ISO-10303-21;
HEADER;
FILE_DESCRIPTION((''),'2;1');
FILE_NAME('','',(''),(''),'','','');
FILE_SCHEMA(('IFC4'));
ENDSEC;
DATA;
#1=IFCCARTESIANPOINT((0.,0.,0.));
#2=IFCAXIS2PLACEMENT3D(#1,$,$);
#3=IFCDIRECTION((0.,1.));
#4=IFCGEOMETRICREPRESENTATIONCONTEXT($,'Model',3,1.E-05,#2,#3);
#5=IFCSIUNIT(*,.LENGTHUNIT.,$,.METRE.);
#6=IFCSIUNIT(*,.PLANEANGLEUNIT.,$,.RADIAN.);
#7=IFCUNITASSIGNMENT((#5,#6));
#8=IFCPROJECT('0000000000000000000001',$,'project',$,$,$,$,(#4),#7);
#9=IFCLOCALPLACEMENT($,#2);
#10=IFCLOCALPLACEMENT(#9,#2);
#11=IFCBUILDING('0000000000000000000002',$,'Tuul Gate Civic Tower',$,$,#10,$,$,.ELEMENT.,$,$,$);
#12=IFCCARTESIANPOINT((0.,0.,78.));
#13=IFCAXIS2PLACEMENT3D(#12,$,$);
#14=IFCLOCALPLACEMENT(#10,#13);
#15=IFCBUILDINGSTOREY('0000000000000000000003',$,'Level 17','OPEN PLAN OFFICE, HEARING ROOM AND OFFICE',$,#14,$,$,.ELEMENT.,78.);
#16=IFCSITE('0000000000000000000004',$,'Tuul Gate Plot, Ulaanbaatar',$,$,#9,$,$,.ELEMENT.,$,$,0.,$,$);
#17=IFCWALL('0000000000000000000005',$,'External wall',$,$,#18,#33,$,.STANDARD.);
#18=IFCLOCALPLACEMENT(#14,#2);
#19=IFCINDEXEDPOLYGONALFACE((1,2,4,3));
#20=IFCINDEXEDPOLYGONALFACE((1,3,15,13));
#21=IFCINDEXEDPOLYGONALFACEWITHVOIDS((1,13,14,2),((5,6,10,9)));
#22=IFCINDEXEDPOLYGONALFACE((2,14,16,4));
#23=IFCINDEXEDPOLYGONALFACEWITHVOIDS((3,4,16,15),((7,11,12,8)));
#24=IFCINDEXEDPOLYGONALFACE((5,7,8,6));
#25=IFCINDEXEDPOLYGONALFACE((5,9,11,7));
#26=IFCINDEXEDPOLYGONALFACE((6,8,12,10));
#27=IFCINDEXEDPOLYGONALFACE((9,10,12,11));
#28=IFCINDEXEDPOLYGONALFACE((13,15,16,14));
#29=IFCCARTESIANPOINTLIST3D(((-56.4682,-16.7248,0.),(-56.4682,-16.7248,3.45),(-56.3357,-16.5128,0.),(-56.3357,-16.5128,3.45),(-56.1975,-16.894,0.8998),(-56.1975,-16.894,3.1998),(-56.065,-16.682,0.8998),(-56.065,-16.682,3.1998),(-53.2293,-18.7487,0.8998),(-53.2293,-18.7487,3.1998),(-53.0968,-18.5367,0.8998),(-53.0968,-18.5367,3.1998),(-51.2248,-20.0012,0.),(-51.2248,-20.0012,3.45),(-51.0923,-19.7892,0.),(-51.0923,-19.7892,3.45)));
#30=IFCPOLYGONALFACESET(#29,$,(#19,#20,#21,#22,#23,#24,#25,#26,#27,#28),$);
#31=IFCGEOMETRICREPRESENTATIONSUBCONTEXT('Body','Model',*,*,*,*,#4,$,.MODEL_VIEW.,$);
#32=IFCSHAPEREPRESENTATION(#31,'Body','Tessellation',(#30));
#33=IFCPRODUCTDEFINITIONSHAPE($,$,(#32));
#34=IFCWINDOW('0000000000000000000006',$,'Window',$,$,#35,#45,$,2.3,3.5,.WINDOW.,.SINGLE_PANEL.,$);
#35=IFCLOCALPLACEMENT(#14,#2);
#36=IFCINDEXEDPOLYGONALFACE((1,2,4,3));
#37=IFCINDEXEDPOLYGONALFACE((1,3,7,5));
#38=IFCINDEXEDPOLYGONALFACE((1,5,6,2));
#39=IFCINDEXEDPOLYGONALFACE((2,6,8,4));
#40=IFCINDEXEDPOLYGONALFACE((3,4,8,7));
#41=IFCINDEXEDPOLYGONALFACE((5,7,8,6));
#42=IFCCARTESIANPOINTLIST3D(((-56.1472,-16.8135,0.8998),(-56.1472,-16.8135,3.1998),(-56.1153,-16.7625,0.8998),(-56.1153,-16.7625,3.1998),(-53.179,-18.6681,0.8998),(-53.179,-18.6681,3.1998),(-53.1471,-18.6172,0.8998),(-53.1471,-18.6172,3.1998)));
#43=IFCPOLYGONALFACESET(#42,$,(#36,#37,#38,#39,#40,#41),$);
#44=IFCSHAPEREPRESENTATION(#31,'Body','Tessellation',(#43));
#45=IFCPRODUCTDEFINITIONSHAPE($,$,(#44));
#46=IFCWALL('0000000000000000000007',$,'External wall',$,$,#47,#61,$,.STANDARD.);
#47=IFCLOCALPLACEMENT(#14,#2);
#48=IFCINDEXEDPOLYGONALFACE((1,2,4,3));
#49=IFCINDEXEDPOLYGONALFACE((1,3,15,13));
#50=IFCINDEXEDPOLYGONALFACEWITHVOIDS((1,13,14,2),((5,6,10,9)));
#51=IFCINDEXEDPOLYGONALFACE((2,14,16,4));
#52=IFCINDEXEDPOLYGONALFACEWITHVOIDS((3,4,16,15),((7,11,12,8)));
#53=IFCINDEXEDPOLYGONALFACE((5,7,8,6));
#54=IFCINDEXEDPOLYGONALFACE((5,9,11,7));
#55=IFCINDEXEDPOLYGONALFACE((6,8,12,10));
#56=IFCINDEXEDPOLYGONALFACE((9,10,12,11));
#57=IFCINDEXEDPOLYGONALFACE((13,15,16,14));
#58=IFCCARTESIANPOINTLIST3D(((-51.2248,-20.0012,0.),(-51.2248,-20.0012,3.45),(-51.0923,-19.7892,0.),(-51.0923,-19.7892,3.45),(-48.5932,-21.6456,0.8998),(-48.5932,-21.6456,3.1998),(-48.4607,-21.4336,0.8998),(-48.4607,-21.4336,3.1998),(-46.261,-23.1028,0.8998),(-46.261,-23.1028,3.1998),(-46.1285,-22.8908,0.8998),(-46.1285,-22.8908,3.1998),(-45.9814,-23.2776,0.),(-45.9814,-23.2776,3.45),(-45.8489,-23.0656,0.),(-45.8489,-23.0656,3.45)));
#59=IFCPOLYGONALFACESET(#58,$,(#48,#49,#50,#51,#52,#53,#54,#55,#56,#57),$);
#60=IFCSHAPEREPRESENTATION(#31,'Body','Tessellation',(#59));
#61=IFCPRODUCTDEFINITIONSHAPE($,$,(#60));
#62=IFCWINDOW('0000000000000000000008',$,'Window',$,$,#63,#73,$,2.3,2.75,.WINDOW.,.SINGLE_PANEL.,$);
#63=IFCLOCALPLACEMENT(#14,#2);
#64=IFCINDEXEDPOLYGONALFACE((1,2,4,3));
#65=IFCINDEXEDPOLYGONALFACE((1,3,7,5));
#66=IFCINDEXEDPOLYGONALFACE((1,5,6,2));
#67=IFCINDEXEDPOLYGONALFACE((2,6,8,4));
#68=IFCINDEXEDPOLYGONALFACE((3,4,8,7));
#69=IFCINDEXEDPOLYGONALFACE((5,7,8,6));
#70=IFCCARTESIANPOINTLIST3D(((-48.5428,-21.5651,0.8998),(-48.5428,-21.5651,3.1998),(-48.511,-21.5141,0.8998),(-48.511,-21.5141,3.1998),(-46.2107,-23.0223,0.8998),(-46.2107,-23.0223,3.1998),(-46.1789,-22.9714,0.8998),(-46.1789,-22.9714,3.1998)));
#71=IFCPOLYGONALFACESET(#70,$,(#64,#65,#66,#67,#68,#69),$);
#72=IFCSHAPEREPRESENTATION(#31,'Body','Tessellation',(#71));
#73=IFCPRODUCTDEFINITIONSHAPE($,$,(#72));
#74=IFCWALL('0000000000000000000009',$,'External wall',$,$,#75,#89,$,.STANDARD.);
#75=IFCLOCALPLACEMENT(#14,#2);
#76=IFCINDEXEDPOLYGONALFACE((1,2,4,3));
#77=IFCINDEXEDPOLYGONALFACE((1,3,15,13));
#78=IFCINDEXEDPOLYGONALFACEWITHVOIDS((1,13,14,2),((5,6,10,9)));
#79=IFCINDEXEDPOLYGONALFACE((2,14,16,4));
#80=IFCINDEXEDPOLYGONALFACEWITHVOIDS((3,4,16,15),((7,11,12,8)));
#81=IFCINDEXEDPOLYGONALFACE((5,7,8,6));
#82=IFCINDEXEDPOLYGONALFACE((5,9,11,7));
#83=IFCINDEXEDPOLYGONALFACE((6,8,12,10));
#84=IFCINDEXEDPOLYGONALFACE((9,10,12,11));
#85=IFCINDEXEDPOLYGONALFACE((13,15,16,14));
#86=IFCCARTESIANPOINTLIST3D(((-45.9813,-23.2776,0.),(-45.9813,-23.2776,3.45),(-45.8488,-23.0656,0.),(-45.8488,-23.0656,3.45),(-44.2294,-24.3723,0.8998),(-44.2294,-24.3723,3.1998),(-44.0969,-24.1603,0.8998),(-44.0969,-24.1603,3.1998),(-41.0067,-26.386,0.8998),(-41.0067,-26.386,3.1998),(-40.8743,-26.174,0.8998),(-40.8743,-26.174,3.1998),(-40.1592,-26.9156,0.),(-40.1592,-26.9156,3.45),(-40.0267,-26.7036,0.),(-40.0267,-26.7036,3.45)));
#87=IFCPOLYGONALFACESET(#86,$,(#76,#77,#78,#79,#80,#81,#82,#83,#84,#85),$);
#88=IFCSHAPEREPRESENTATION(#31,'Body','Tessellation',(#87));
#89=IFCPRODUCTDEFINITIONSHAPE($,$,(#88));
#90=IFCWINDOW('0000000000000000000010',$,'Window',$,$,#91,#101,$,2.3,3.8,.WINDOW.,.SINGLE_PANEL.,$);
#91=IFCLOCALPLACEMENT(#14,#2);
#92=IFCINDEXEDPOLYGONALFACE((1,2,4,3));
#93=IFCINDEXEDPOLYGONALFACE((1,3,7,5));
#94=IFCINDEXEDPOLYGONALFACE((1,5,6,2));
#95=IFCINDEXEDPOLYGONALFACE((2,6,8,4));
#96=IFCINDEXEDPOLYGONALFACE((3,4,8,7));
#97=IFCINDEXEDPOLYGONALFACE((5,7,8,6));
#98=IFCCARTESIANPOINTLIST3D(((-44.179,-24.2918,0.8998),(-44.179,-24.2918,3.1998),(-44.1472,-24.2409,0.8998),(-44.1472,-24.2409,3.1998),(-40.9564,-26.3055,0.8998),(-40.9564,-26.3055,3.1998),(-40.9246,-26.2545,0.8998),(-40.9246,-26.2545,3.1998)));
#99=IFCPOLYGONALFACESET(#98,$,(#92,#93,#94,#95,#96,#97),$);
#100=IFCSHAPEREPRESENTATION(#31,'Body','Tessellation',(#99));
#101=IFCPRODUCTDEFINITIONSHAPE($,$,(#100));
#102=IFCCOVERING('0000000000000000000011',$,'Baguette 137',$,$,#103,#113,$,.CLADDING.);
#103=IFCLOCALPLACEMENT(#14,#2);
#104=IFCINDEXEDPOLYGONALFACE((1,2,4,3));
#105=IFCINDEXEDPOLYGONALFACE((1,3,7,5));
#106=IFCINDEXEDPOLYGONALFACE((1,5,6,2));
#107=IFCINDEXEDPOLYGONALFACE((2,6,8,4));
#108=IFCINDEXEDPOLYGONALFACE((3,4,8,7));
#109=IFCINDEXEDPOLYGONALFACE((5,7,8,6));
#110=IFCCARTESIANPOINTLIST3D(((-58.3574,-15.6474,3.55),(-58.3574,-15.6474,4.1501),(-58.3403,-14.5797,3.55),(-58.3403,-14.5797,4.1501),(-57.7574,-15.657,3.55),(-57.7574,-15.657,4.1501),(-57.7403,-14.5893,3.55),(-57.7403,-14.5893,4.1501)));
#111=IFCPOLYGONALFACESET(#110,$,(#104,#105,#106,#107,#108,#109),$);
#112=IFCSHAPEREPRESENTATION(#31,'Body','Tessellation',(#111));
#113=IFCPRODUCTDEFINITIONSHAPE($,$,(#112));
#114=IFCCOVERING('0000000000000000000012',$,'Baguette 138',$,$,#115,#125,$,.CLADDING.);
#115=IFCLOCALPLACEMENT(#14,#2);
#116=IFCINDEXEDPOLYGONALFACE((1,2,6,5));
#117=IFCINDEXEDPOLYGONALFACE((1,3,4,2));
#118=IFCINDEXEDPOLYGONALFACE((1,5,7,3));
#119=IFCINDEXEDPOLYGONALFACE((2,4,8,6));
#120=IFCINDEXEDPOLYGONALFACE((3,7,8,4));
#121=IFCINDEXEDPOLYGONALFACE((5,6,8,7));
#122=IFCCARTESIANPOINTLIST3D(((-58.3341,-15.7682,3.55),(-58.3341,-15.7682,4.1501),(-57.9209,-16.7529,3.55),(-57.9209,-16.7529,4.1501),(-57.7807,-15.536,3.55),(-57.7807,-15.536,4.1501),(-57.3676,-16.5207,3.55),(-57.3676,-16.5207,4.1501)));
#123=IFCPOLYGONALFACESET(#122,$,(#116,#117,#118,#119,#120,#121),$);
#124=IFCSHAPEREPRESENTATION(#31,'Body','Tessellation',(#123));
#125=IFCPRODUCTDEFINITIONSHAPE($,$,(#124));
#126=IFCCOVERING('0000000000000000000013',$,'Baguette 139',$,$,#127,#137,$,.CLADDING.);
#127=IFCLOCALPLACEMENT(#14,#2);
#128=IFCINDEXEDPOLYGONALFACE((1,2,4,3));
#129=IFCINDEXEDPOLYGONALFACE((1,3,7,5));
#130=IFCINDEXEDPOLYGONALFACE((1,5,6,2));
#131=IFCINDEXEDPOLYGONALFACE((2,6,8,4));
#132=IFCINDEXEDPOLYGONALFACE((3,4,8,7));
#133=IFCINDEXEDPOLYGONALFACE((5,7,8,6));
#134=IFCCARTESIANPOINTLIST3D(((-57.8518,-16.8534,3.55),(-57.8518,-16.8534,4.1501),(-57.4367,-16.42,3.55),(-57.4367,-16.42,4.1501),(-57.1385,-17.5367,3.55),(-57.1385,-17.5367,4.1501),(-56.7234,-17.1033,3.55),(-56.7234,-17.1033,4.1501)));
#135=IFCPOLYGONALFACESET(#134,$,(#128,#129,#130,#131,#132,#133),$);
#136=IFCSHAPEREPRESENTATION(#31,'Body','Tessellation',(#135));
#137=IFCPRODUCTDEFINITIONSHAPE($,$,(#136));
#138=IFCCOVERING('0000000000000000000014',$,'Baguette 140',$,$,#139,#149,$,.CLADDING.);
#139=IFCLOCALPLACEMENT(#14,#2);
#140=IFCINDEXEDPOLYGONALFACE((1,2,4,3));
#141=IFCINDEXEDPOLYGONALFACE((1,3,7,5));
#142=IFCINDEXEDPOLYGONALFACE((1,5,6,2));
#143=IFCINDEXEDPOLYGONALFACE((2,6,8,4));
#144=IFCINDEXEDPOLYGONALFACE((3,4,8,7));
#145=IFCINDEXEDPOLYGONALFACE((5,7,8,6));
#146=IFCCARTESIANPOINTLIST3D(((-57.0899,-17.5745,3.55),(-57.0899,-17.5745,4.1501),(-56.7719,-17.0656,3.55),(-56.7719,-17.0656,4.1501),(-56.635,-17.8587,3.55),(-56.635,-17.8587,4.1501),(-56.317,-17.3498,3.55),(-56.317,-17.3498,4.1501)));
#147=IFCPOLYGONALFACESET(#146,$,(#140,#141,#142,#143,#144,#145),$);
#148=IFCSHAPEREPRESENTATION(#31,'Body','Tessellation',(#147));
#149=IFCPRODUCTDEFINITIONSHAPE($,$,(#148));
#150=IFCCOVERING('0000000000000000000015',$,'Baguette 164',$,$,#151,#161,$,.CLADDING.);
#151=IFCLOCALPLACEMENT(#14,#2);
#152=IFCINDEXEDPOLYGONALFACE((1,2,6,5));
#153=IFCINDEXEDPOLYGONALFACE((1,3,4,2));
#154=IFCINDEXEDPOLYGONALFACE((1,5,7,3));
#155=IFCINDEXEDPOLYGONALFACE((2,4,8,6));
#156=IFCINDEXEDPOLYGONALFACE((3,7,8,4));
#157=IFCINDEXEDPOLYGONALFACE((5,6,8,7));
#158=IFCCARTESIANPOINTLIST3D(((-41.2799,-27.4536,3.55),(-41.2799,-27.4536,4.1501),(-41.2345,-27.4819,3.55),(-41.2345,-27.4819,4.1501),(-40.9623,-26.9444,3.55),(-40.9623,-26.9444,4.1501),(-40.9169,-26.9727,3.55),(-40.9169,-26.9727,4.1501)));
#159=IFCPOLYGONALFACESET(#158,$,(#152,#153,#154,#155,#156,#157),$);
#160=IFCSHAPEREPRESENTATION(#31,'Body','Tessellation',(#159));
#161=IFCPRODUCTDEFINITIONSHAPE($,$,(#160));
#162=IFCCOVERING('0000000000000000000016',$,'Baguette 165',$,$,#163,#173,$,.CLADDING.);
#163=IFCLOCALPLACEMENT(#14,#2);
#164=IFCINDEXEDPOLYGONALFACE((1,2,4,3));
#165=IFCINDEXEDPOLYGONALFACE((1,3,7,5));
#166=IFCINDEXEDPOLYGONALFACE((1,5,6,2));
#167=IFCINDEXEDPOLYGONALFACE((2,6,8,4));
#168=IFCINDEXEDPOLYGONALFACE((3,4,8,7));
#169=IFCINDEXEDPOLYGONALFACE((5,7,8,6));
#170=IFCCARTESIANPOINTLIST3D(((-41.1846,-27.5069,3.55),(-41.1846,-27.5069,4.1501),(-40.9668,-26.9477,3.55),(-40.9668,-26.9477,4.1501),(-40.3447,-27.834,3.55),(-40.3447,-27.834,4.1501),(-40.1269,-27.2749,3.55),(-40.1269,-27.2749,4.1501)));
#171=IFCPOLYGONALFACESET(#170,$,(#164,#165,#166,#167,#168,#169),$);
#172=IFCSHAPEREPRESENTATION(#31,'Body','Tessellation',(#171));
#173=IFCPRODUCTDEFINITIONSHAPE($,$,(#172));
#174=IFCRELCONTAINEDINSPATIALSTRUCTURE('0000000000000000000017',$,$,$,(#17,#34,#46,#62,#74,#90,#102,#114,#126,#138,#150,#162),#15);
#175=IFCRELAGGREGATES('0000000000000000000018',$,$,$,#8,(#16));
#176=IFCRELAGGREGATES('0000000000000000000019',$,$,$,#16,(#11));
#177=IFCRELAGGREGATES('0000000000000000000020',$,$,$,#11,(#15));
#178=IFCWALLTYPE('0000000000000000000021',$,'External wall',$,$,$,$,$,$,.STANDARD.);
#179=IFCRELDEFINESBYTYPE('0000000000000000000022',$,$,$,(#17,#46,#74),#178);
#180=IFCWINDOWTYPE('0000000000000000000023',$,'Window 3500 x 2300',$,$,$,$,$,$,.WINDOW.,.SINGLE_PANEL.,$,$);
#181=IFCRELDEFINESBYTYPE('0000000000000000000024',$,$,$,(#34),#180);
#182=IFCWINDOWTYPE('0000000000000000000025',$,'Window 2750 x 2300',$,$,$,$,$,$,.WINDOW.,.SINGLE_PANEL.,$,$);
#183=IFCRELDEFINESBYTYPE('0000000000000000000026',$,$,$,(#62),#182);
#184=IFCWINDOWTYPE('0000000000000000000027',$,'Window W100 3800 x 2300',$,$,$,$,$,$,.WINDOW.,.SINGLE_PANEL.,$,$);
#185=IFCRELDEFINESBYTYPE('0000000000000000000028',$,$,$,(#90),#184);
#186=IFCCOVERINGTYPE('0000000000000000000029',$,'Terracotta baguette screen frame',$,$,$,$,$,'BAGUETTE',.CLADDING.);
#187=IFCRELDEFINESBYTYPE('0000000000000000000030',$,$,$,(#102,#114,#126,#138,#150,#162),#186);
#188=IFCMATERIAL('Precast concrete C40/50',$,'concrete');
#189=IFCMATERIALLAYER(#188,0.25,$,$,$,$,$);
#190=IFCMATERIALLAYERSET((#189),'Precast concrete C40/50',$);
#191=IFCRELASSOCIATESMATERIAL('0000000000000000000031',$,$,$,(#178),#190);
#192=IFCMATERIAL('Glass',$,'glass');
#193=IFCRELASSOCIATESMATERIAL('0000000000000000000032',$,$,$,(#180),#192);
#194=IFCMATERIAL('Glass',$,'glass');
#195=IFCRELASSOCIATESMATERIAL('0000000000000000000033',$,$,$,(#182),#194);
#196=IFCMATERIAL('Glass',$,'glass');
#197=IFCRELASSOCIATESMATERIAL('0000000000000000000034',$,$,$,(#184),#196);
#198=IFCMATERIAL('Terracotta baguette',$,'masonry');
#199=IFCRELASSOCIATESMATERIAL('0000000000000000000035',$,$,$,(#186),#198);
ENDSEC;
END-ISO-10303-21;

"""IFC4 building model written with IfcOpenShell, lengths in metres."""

from ifc_helpers import new_model, si_unit, direction, frame, frame_2d, origin, origin_2d, place, context, subcontext, project, spatial, rectangle, extrude, material, layer, layer_set, material_profile, profile_set, type_object, element, fill, save


model = new_model("IFC4")

# Units and contexts
model_context = context("Model", 3, precision=1e-05, world=origin(), true_north=direction((0.0, 1.0)))
body_context = subcontext(model_context, "Body", "Model", "MODEL_VIEW")
ifc_project = project(units=[si_unit("LENGTHUNIT", "METRE"), si_unit("PLANEANGLEUNIT", "RADIAN")], contexts=[model_context])

# Site, building, storey
site_placement = place(None, origin())
site = spatial("IfcSite", under=ifc_project, at=site_placement, Name="Tuul Gate Plot, Ulaanbaatar", CompositionType="ELEMENT", RefElevation=0.0)
building_placement = place(site_placement, origin())
building = spatial("IfcBuilding", under=site, at=building_placement, Name="Tuul Gate Civic Tower", CompositionType="ELEMENT")
storey_placement = place(building_placement, frame((0.0, 0.0, 78.0)))
storey = spatial("IfcBuildingStorey", under=building, at=storey_placement, Name="Level 17", Description="OPEN PLAN OFFICE, HEARING ROOM AND OFFICE", CompositionType="ELEMENT", Elevation=78.0)

# Shared definitions
ifc_material_1 = material(Name="Precast concrete C40/50", Category="concrete")
ifc_layer_1 = layer(ifc_material_1, 0.25)
ifc_layer_set_1 = layer_set([ifc_layer_1], Name="Precast concrete C40/50")
wall_type_1 = type_object("IfcWallType", Name="External wall", PredefinedType="STANDARD", material=ifc_layer_set_1)

# Walls, openings, windows
wall_1_placement = place(storey_placement, frame((-56.4019, -16.6189, 0.0), z_axis=(0.0, 0.0, 1.0), x_axis=(0.848054, -0.52991, 0.0)))
wall_1 = element("IfcWall", 1, at=wall_1_placement, inside=storey, type_object=wall_type_1, Name="External wall", PredefinedType="STANDARD", context=body_context, shape_type="SweptSolid", body=[
    extrude(rectangle(XDim=6.1829, YDim=0.25, at=frame_2d((3.0913, 0.0))), origin(), (0.0, 0.0, 1.0), 3.45),
])
opening_1_placement = place(wall_1_placement, frame((0.3191, 0.0, 0.8999)))
opening_1 = element("IfcOpeningElement", 2, at=opening_1_placement, cuts=wall_1, PredefinedType="OPENING", context=body_context, shape_type="SweptSolid", body=[
    extrude(rectangle(XDim=3.5, YDim=2.3, at=frame_2d((1.75, 1.1499))), frame((0.0, 0.135, 0.0), z_axis=(0.0, -1.0, 0.0), x_axis=(1.0, 0.0, 0.0)), (0.0, 0.0, 1.0), 0.27),
])
ifc_material_2 = material(Name="Glass", Category="glass")
window_type_1 = type_object("IfcWindowType", Name="Window 3500 x 2300", PartitioningType="SINGLE_PANEL", PredefinedType="WINDOW", material=ifc_material_2)
window_1_placement = place(opening_1_placement, origin())
window_1 = element("IfcWindow", 3, at=window_1_placement, inside=storey, type_object=window_type_1, Name="Window", OverallHeight=2.3, OverallWidth=3.5, PartitioningType="SINGLE_PANEL", PredefinedType="WINDOW", context=body_context, shape_type="SweptSolid", body=[
    extrude(rectangle(XDim=3.5, YDim=2.3, at=frame_2d((1.75, 1.1499))), frame((0.0, 0.03, 0.0), z_axis=(0.0, -1.0, 0.0), x_axis=(1.0, 0.0, 0.0)), (0.0, 0.0, 1.0), 0.0601),
])
fill(opening_1, window_1)
wall_2_placement = place(storey_placement, frame((-51.1584, -19.8953, 0.0), z_axis=(0.0, 0.0, 1.0), x_axis=(0.848054, -0.52991, 0.0)))
wall_2 = element("IfcWall", 4, at=wall_2_placement, inside=storey, type_object=wall_type_1, Name="External wall", PredefinedType="STANDARD", context=body_context, shape_type="SweptSolid", body=[
    extrude(rectangle(XDim=6.1829, YDim=0.25, at=frame_2d((3.0913, 0.0))), origin(), (0.0, 0.0, 1.0), 3.45),
])
opening_2_placement = place(wall_2_placement, frame((3.103, 0.0, 0.8999)))
opening_2 = element("IfcOpeningElement", 5, at=opening_2_placement, cuts=wall_2, PredefinedType="OPENING", context=body_context, shape_type="SweptSolid", body=[
    extrude(rectangle(XDim=2.75, YDim=2.3, at=frame_2d((1.375, 1.1499))), frame((0.0, 0.135, 0.0), z_axis=(0.0, -1.0, 0.0), x_axis=(1.0, 0.0, 0.0)), (0.0, 0.0, 1.0), 0.27),
])
ifc_material_3 = material(Name="Glass", Category="glass")
window_type_2 = type_object("IfcWindowType", Name="Window 2750 x 2300", PartitioningType="SINGLE_PANEL", PredefinedType="WINDOW", material=ifc_material_3)
window_2_placement = place(opening_2_placement, origin())
window_2 = element("IfcWindow", 6, at=window_2_placement, inside=storey, type_object=window_type_2, Name="Window", OverallHeight=2.3, OverallWidth=2.75, PartitioningType="SINGLE_PANEL", PredefinedType="WINDOW", context=body_context, shape_type="SweptSolid", body=[
    extrude(rectangle(XDim=2.75, YDim=2.3, at=frame_2d((1.375, 1.1499))), frame((0.0, 0.03, 0.0), z_axis=(0.0, -1.0, 0.0), x_axis=(1.0, 0.0, 0.0)), (0.0, 0.0, 1.0), 0.0601),
])
fill(opening_2, window_2)
wall_3_placement = place(storey_placement, frame((-45.915, -23.1716, 0.0), z_axis=(0.0, 0.0, 1.0), x_axis=(0.848052, -0.529913, 0.0)))
wall_3 = element("IfcWall", 7, at=wall_3_placement, inside=storey, type_object=wall_type_1, Name="External wall", PredefinedType="STANDARD", context=body_context, shape_type="SweptSolid", body=[
    extrude(rectangle(XDim=6.8652, YDim=0.25, at=frame_2d((3.4326, 0.0))), origin(), (0.0, 0.0, 1.0), 3.45),
])
opening_3_placement = place(wall_3_placement, frame((2.0659, 0.0, 0.8999)))
opening_3 = element("IfcOpeningElement", 8, at=opening_3_placement, cuts=wall_3, PredefinedType="OPENING", context=body_context, shape_type="SweptSolid", body=[
    extrude(rectangle(XDim=3.8, YDim=2.3, at=frame_2d((1.8999, 1.1499))), frame((0.0, 0.135, 0.0), z_axis=(0.0, -1.0, 0.0), x_axis=(1.0, 0.0, 0.0)), (0.0, 0.0, 1.0), 0.27),
])
ifc_material_4 = material(Name="Glass", Category="glass")
window_type_3 = type_object("IfcWindowType", Name="Window W100 3800 x 2300", PartitioningType="SINGLE_PANEL", PredefinedType="WINDOW", material=ifc_material_4)
window_3_placement = place(opening_3_placement, origin())
window_3 = element("IfcWindow", 9, at=window_3_placement, inside=storey, type_object=window_type_3, Name="Window", OverallHeight=2.3, OverallWidth=3.8, PartitioningType="SINGLE_PANEL", PredefinedType="WINDOW", context=body_context, shape_type="SweptSolid", body=[
    extrude(rectangle(XDim=3.8, YDim=2.3, at=frame_2d((1.8999, 1.1499))), frame((0.0, 0.03, 0.0), z_axis=(0.0, -1.0, 0.0), x_axis=(1.0, 0.0, 0.0)), (0.0, 0.0, 1.0), 0.0601),
])
fill(opening_3, window_3)

# Coverings
ifc_material_5 = material(Name="Terracotta baguette", Category="masonry")
ifc_material_profile_1 = material_profile(ifc_material_5, rectangle(XDim=0.6001, YDim=0.6001, at=origin_2d()), Name="Terracotta baguette screen frame")
ifc_profile_set_1 = profile_set([ifc_material_profile_1], Name="Terracotta baguette")
covering_type = type_object("IfcCoveringType", Name="Terracotta baguette screen frame", ElementType="BAGUETTE", PredefinedType="CLADDING", material=ifc_profile_set_1)
for number, where, z_axis, x_axis, name in (
    (10, (-58.0403, -14.5845, 3.8501), (-0.016005, -0.999872, 0.0), (0.999872, -0.016005, 0.0), "Baguette 137"),
    (11, (-58.0574, -15.6521, 3.8501), (0.386871, -0.922134, 0.0), (0.922134, 0.386871, 0.0), "Baguette 138"),
):
    element("IfcCovering", number, at=place(storey_placement, frame(where, z_axis=z_axis, x_axis=x_axis)), inside=storey, type_object=covering_type, Name=name, PredefinedType="CLADDING", context=body_context, shape_type="SweptSolid", body=[
        extrude(rectangle(XDim=0.6001, YDim=0.6001, at=origin_2d()), origin(), (0.0, 0.0, 1.0), 1.0679),
    ])
covering_1_placement = place(storey_placement, frame((-57.6443, -16.6367, 3.8501), z_axis=(0.722143, -0.691744, 0.0), x_axis=(0.691744, 0.722143, 0.0)))
element("IfcCovering", 12, at=covering_1_placement, inside=storey, type_object=covering_type, Name="Baguette 139", PredefinedType="CLADDING", context=body_context, shape_type="SweptSolid", body=[
    extrude(rectangle(XDim=0.6001, YDim=0.6001, at=origin_2d()), origin(), (0.0, 0.0, 1.0), 0.9878),
])
covering_2_placement = place(storey_placement, frame((-56.9309, -17.3201, 3.8501), z_axis=(0.848075, -0.529876, 0.0), x_axis=(0.529876, 0.848075, 0.0)))
element("IfcCovering", 13, at=covering_2_placement, inside=storey, type_object=covering_type, Name="Baguette 140", PredefinedType="CLADDING", context=body_context, shape_type="SweptSolid", body=[
    extrude(rectangle(XDim=0.6001, YDim=0.6001, at=origin_2d()), origin(), (0.0, 0.0, 1.0), 0.5364),
])
covering_3_placement = place(storey_placement, frame((-41.1211, -27.199, 3.8501), z_axis=(0.84851, -0.529179, 0.0), x_axis=(0.529179, 0.84851, 0.0)))
element("IfcCovering", 14, at=covering_3_placement, inside=storey, type_object=covering_type, Name="Baguette 164", PredefinedType="CLADDING", context=body_context, shape_type="SweptSolid", body=[
    extrude(rectangle(XDim=0.6001, YDim=0.6001, at=origin_2d()), origin(), (0.0, 0.0, 1.0), 0.0535),
])
covering_4_placement = place(storey_placement, frame((-41.0757, -27.2273, 3.8501), z_axis=(0.931801, -0.362969, 0.0), x_axis=(0.362969, 0.931801, 0.0)))
element("IfcCovering", 15, at=covering_4_placement, inside=storey, type_object=covering_type, Name="Baguette 165", PredefinedType="CLADDING", context=body_context, shape_type="SweptSolid", body=[
    extrude(rectangle(XDim=0.6001, YDim=0.6001, at=origin_2d()), origin(), (0.0, 0.0, 1.0), 0.9014),
])

save(model, "model.ifc")
